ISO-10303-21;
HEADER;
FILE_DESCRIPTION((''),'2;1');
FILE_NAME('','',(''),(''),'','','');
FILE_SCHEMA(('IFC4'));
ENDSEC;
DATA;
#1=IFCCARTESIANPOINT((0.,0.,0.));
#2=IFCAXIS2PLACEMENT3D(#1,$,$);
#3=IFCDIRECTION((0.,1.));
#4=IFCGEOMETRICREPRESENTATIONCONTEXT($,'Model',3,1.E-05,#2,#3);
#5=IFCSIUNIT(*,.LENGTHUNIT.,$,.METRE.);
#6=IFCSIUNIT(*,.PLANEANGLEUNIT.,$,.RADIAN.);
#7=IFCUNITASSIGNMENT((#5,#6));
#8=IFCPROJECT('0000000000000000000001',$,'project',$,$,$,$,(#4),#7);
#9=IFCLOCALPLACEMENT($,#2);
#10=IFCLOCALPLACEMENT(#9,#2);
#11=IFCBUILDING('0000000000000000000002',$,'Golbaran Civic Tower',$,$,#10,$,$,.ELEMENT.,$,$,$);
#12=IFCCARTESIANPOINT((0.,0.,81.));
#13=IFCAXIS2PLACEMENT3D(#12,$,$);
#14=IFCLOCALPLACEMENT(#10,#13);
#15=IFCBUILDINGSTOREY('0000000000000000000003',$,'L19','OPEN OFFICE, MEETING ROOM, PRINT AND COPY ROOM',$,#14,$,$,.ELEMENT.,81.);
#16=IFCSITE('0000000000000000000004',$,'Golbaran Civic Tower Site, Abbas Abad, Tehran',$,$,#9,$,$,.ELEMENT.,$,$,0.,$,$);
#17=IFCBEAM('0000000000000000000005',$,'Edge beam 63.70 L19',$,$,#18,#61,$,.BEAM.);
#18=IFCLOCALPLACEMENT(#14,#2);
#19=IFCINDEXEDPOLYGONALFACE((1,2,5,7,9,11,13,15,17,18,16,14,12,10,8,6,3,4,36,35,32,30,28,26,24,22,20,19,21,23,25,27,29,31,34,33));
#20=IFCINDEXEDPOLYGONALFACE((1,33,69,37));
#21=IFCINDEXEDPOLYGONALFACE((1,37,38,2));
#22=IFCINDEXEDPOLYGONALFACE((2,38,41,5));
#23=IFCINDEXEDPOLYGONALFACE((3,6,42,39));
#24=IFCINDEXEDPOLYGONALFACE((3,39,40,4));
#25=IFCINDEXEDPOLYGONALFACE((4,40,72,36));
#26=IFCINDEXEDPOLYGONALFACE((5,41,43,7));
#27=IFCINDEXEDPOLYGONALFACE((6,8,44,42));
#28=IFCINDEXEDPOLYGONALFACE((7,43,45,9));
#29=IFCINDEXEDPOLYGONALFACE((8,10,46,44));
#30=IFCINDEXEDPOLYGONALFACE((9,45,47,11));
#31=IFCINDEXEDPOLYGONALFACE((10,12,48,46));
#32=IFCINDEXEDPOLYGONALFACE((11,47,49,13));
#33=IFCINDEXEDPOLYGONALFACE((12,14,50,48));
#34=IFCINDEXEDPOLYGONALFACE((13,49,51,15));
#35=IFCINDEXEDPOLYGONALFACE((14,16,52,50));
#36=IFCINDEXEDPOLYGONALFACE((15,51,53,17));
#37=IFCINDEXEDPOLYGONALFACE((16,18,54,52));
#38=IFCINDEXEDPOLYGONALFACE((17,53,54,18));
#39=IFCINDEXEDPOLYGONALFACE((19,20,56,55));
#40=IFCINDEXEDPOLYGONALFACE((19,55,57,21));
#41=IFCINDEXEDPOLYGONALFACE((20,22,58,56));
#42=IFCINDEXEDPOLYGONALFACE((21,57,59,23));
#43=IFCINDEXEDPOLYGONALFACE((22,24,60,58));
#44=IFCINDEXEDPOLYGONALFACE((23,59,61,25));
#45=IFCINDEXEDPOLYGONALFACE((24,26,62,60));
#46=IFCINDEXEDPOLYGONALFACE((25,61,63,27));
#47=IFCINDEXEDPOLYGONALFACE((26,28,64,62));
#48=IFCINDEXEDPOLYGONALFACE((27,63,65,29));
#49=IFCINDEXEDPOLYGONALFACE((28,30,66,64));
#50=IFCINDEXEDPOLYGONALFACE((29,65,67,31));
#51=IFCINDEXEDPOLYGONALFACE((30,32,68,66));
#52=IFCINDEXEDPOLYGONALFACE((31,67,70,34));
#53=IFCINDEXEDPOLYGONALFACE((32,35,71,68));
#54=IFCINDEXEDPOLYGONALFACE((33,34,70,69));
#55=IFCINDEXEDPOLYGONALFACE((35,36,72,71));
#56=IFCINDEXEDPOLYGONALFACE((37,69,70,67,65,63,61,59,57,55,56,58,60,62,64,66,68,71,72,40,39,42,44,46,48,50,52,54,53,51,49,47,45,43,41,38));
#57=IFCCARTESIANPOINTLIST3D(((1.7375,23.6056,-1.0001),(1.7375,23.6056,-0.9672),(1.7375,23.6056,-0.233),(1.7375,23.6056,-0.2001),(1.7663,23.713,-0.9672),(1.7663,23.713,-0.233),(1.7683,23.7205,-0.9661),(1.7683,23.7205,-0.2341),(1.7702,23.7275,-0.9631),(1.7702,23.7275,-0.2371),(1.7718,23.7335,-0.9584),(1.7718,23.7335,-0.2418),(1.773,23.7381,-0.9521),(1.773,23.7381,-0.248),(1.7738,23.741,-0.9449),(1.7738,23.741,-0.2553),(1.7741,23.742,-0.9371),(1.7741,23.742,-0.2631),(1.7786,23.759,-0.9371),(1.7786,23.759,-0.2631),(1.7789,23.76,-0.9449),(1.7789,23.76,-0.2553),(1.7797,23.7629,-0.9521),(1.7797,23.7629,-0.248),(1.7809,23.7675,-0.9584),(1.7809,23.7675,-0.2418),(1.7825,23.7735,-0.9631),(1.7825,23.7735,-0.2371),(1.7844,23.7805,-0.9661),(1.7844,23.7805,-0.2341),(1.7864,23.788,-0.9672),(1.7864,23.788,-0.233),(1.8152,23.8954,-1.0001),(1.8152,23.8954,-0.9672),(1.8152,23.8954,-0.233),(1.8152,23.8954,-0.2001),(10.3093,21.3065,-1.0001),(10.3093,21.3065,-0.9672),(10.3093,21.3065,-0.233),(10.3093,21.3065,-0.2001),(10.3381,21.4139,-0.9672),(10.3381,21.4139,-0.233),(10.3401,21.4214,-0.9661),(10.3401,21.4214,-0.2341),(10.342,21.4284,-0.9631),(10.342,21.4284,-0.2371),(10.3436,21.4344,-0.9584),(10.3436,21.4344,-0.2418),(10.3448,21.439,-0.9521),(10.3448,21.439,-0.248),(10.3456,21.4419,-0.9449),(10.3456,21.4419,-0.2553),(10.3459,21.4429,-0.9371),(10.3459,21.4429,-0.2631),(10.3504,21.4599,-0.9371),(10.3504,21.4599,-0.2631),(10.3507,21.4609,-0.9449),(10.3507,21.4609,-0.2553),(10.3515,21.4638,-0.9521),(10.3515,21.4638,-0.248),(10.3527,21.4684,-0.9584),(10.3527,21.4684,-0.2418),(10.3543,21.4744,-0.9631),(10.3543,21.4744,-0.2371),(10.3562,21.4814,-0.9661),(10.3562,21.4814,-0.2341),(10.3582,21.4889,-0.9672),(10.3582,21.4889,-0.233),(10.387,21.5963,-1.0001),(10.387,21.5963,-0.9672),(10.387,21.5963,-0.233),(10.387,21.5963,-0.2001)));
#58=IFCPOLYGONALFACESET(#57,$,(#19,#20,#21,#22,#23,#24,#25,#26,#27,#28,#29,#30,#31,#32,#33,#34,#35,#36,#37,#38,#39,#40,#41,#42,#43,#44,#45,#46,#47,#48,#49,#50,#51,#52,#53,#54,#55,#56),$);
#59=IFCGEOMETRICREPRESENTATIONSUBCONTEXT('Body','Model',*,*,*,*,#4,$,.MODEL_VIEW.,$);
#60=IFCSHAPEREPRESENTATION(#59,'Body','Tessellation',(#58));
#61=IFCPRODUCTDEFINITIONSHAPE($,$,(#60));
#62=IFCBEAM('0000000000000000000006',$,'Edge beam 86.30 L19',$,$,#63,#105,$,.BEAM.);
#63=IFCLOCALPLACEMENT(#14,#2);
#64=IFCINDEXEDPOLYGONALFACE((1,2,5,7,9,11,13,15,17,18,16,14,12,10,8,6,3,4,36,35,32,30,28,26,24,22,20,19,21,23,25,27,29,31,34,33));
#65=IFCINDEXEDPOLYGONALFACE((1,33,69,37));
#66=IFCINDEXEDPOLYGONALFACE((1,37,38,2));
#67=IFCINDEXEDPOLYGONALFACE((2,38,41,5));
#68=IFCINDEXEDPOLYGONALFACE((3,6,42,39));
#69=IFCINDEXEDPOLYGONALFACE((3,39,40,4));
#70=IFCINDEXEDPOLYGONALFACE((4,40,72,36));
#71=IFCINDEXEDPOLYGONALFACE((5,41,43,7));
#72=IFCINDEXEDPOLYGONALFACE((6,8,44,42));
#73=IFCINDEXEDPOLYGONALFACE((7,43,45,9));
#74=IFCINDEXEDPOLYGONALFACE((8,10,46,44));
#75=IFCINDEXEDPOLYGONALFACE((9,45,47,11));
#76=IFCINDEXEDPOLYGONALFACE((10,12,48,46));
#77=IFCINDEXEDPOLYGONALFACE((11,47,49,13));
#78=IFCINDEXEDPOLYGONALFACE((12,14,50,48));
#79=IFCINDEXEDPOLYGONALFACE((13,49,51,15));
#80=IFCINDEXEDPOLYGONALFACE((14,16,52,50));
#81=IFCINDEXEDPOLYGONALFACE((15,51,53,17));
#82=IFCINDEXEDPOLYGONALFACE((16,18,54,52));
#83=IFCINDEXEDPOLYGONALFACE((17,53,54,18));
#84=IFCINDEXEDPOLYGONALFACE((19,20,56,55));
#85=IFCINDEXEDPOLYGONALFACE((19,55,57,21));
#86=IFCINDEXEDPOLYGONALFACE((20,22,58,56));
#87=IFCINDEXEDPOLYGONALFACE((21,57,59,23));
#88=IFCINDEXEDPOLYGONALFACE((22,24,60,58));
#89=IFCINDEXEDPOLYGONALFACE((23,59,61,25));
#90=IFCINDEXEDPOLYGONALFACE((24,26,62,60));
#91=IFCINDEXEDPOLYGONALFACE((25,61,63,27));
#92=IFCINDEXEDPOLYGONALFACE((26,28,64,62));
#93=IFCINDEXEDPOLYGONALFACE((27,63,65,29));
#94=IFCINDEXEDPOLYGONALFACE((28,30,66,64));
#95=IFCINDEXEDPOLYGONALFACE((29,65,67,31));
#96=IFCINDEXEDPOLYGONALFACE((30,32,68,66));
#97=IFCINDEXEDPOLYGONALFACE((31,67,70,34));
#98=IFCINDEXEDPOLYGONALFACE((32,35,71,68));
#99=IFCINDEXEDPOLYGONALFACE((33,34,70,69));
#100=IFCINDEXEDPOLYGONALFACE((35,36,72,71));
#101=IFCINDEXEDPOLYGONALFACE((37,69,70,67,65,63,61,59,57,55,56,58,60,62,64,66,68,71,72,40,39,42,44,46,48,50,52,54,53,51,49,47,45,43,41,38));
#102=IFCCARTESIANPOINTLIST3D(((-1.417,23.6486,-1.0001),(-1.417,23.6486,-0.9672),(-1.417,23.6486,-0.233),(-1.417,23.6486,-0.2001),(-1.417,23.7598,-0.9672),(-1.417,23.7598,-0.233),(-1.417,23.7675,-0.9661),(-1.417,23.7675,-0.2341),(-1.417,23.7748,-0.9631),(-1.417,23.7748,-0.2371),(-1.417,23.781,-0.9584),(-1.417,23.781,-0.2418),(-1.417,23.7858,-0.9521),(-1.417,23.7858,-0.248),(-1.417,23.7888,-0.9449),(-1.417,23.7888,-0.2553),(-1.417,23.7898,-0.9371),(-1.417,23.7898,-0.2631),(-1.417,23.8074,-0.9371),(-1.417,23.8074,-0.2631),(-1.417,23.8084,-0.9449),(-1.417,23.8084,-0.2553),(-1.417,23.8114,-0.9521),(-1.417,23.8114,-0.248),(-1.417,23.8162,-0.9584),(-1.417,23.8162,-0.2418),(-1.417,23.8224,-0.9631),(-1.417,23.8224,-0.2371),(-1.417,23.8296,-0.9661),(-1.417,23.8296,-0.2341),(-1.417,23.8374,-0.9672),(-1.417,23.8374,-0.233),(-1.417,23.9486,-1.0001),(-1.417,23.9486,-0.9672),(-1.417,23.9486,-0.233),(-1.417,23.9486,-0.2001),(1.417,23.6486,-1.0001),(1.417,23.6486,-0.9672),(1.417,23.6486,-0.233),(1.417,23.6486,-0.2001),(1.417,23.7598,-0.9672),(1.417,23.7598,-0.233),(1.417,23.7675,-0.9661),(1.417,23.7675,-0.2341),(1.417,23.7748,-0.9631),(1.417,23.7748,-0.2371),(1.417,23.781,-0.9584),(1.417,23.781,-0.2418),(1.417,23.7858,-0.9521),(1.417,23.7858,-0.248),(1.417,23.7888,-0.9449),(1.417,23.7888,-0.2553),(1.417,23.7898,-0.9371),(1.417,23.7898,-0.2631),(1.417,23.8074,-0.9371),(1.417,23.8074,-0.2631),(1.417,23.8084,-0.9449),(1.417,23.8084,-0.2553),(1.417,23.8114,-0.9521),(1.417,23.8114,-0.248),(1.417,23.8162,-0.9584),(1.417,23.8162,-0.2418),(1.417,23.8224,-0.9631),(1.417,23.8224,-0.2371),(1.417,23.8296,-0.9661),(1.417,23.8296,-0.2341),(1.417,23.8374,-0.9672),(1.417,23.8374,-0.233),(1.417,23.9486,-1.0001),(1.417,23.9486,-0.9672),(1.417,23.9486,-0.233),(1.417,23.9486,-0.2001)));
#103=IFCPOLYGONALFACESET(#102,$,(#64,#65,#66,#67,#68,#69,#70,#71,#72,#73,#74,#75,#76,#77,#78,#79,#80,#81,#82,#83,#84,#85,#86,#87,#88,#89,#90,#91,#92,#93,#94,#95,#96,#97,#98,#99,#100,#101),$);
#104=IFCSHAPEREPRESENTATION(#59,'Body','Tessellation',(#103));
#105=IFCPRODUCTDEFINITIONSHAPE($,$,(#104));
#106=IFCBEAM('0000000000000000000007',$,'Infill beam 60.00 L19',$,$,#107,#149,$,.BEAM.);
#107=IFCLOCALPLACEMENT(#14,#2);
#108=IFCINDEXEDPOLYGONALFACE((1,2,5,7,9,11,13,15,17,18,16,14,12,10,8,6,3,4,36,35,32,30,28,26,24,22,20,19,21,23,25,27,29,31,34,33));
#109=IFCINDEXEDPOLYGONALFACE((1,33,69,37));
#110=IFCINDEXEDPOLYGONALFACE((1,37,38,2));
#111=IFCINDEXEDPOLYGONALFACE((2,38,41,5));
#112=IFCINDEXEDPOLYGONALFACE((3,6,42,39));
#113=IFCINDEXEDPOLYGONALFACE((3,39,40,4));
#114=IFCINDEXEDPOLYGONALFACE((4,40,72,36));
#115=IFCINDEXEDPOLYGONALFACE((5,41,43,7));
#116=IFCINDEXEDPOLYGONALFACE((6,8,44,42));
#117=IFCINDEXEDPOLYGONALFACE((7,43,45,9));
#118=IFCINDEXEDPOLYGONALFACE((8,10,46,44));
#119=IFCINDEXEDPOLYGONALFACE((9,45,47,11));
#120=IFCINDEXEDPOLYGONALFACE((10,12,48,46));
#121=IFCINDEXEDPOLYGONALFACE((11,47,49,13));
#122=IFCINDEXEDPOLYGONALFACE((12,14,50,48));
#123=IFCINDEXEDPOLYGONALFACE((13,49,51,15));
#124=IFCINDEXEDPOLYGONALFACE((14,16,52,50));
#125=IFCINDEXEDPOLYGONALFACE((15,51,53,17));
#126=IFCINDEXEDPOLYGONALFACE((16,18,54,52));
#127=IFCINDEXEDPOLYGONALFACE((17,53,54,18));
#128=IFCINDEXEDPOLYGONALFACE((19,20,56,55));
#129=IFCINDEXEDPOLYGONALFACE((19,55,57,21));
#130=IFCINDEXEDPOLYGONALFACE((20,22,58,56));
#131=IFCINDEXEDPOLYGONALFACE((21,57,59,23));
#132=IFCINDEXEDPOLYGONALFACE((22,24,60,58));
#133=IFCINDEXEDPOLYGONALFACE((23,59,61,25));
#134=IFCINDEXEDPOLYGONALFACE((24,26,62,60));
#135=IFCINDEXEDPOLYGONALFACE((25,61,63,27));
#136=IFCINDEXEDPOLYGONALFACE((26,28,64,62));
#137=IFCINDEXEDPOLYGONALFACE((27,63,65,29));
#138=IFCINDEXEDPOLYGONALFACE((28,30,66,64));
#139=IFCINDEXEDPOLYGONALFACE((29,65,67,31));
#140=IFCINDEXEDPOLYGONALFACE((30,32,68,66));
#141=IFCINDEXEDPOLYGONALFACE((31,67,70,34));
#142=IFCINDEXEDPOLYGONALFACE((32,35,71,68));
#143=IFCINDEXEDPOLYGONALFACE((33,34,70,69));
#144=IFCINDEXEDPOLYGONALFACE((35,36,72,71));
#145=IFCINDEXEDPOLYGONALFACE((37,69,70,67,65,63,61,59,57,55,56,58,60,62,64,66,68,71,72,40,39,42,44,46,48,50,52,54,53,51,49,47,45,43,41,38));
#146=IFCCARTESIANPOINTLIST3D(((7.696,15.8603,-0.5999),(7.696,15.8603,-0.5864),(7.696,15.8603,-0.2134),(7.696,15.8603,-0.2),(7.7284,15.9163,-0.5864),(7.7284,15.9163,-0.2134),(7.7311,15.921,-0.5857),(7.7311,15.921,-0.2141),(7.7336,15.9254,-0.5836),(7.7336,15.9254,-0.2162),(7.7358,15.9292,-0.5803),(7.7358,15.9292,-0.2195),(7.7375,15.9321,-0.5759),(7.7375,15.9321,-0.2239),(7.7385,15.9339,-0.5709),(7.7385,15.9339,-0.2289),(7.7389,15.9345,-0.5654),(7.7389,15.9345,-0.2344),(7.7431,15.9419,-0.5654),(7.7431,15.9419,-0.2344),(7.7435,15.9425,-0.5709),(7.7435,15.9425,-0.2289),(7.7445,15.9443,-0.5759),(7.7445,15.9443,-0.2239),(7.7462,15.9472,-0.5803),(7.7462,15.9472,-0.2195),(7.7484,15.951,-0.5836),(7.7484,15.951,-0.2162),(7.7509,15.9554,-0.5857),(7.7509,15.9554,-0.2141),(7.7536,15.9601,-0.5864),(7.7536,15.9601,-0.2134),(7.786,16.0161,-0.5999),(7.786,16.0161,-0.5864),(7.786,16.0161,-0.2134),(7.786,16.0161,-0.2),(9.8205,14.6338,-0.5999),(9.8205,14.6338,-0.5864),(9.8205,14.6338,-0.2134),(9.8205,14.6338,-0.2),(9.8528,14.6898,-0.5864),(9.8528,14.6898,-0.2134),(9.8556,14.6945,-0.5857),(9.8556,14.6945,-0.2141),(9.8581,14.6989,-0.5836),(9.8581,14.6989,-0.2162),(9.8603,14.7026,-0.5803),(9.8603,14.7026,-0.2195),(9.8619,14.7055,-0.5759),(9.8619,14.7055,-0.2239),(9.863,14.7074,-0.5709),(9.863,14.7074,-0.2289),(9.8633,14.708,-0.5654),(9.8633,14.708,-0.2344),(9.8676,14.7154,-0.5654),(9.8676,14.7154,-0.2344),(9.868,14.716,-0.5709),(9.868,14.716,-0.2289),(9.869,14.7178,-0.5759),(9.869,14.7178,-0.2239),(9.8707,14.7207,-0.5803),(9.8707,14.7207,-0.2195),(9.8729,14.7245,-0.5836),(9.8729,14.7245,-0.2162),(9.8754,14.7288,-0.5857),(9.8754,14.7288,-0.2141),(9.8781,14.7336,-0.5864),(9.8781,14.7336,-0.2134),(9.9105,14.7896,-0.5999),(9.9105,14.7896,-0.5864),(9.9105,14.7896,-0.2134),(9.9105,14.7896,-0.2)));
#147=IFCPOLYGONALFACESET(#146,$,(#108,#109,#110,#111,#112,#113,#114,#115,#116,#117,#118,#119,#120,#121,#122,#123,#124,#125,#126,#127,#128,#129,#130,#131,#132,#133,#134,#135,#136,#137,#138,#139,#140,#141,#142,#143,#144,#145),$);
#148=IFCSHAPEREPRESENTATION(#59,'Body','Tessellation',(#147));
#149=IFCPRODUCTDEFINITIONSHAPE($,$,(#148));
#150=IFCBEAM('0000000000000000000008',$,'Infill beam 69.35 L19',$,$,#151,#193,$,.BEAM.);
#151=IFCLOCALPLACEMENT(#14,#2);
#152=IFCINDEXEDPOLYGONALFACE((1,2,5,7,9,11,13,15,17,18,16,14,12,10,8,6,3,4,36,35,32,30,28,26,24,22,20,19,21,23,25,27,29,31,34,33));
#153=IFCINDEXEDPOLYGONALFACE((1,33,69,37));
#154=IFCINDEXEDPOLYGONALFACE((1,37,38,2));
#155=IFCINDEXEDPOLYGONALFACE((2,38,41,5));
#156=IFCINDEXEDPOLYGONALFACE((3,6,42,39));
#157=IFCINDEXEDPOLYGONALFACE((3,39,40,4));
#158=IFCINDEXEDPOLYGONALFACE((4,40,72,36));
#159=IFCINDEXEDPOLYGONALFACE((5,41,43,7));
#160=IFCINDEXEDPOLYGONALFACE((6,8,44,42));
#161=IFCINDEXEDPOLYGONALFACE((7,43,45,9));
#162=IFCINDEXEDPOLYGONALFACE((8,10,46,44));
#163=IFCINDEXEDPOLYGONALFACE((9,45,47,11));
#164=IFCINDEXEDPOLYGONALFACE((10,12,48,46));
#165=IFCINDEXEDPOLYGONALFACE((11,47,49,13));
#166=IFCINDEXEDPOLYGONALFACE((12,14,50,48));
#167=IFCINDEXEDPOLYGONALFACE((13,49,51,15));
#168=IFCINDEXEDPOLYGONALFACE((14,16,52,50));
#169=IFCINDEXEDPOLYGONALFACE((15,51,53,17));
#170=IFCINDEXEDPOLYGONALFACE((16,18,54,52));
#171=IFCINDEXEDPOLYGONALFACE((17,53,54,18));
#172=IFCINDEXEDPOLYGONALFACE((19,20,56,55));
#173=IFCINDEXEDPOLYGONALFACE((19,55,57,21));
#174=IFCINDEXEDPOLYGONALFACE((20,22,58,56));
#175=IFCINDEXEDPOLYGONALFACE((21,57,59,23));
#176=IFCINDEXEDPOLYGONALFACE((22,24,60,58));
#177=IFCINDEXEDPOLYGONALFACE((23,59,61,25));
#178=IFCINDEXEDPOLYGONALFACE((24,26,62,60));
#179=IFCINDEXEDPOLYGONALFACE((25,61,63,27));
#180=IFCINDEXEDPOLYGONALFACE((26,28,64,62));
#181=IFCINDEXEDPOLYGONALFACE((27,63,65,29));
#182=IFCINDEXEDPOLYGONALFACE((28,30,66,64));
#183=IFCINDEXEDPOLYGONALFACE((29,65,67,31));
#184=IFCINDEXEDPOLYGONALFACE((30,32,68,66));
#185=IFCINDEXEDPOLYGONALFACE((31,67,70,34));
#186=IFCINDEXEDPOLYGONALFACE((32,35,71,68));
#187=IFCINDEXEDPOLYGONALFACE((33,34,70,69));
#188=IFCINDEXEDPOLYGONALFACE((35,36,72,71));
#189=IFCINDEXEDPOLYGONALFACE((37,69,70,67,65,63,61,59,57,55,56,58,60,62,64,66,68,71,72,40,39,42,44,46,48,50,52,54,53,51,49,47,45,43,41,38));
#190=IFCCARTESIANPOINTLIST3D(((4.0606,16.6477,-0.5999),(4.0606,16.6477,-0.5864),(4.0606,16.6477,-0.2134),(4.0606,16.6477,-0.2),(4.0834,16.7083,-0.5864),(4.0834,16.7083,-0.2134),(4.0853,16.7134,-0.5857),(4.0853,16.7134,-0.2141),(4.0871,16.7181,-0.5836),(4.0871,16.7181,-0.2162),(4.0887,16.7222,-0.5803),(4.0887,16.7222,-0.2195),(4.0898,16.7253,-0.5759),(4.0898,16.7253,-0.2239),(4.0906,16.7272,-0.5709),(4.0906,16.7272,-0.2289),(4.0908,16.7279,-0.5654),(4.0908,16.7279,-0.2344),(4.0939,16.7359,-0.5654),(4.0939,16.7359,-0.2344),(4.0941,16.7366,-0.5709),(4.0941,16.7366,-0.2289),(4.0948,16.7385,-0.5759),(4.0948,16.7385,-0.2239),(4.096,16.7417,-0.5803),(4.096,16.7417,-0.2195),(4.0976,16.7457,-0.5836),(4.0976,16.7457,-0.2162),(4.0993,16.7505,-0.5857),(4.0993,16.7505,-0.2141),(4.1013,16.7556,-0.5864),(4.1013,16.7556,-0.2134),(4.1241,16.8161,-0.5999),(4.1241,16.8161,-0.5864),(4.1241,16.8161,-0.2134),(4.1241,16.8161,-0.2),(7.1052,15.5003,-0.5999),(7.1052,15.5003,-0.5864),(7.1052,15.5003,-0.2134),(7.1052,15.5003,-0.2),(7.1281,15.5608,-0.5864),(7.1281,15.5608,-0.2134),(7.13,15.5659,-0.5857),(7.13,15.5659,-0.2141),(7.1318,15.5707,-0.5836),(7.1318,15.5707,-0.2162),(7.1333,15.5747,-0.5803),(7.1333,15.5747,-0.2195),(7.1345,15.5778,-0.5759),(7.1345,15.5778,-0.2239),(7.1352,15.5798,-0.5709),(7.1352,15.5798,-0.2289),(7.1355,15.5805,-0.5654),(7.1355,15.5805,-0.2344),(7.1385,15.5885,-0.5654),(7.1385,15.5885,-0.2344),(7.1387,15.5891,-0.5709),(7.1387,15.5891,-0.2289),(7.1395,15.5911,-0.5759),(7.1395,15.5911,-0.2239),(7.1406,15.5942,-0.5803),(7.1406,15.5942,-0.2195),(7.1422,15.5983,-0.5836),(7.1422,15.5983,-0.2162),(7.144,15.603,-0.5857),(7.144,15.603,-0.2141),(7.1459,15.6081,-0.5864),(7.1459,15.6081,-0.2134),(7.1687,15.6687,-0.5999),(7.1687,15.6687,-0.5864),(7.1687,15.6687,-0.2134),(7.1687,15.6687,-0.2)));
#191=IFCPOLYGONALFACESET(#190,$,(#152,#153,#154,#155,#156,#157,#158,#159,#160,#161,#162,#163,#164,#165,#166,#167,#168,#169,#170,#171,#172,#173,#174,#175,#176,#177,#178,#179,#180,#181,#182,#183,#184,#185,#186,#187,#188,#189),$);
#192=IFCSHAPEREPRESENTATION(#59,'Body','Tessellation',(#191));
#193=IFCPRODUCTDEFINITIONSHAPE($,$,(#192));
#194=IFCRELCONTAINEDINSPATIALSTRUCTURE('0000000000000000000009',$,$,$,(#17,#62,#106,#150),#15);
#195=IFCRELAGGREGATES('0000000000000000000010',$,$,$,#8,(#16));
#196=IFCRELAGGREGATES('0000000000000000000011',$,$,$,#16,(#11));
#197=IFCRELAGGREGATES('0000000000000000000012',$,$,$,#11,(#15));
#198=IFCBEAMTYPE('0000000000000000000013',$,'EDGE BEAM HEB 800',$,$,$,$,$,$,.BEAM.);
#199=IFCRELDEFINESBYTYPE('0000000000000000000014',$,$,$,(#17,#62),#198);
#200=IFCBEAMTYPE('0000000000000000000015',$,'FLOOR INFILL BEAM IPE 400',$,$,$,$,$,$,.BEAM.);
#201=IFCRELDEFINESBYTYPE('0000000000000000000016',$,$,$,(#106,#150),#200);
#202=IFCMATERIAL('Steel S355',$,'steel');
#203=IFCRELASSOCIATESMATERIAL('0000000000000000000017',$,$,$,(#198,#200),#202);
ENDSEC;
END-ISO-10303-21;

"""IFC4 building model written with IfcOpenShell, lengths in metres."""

from ifc_helpers import new_model, si_unit, direction, frame, origin, origin_2d, place, context, subcontext, project, spatial, i_section, extrude, material, material_profile, profile_set, type_object, element, save


model = new_model("IFC4")

# Units and contexts
model_context = context("Model", 3, precision=1e-05, world=origin(), true_north=direction((0.0, 1.0)))
body_context = subcontext(model_context, "Body", "Model", "MODEL_VIEW")
ifc_project = project(units=[si_unit("LENGTHUNIT", "METRE"), si_unit("PLANEANGLEUNIT", "RADIAN")], contexts=[model_context])

# Site, building, storey
site_placement = place(None, origin())
site = spatial("IfcSite", under=ifc_project, at=site_placement, Name="Golbaran Civic Tower Site, Abbas Abad, Tehran", CompositionType="ELEMENT", RefElevation=0.0)
building_placement = place(site_placement, origin())
building = spatial("IfcBuilding", under=site, at=building_placement, Name="Golbaran Civic Tower", CompositionType="ELEMENT")
storey_placement = place(building_placement, frame((0.0, 0.0, 81.0)))
storey = spatial("IfcBuildingStorey", under=building, at=storey_placement, Name="L19", Description="OPEN OFFICE, MEETING ROOM, PRINT AND COPY ROOM", CompositionType="ELEMENT", Elevation=81.0)

# Beams
ifc_material_1 = material(Name="Steel S355", Category="steel")
ifc_material_profile_1 = material_profile(ifc_material_1, i_section(OverallWidth=0.3, OverallDepth=0.8, WebThickness=0.0176, FlangeThickness=0.033, FilletRadius=0.03, at=origin_2d()), Name="HEB 800")
ifc_profile_set_1 = profile_set([ifc_material_profile_1], Name="Steel S355")
beam_type_1 = type_object("IfcBeamType", Name="EDGE BEAM HEB 800", PredefinedType="BEAM", material=ifc_profile_set_1)
beam_1_placement = place(storey_placement, frame((10.3481, 21.4514, -0.6001), z_axis=(-0.965862, 0.259058, 0.0), x_axis=(-0.259058, -0.965862, 0.0)))
element("IfcBeam", 1, at=beam_1_placement, inside=storey, type_object=beam_type_1, Name="Edge beam 63.70 L19", PredefinedType="BEAM", context=body_context, shape_type="SweptSolid", body=[
    extrude(i_section(OverallWidth=0.3, OverallDepth=0.8, WebThickness=0.0176, FlangeThickness=0.033, FilletRadius=0.03, at=origin_2d()), origin(), (0.0, 0.0, 1.0), 8.8748),
])
beam_2_placement = place(storey_placement, frame((1.417, 23.7986, -0.6001), z_axis=(-1.0, 0.0, 0.0), x_axis=(0.0, -1.0, 0.0)))
element("IfcBeam", 2, at=beam_2_placement, inside=storey, type_object=beam_type_1, Name="Edge beam 86.30 L19", PredefinedType="BEAM", context=body_context, shape_type="SweptSolid", body=[
    extrude(i_section(OverallWidth=0.3, OverallDepth=0.8, WebThickness=0.0176, FlangeThickness=0.033, FilletRadius=0.03, at=origin_2d()), origin(), (0.0, 0.0, 1.0), 2.834),
])
ifc_material_profile_2 = material_profile(ifc_material_1, i_section(OverallWidth=0.1799, OverallDepth=0.3999, WebThickness=0.0085, FlangeThickness=0.0134, FilletRadius=0.021, at=origin_2d()), Name="IPE 400")
ifc_profile_set_2 = profile_set([ifc_material_profile_2], Name="Steel S355")
beam_type_2 = type_object("IfcBeamType", Name="FLOOR INFILL BEAM IPE 400", PredefinedType="BEAM", material=ifc_profile_set_2)
beam_3_placement = place(storey_placement, frame((9.8655, 14.7117, -0.3999), z_axis=(-0.86603, 0.499992, 0.0), x_axis=(-0.499992, -0.86603, 0.0)))
element("IfcBeam", 3, at=beam_3_placement, inside=storey, type_object=beam_type_2, Name="Infill beam 60.00 L19", PredefinedType="BEAM", context=body_context, shape_type="SweptSolid", body=[
    extrude(i_section(OverallWidth=0.1799, OverallDepth=0.3999, WebThickness=0.0085, FlangeThickness=0.0134, FilletRadius=0.021, at=origin_2d()), origin(), (0.0, 0.0, 1.0), 2.4531),
])
beam_4_placement = place(storey_placement, frame((7.137, 15.5845, -0.3999), z_axis=(-0.935751, 0.352661, 0.0), x_axis=(-0.352661, -0.935751, 0.0)))
element("IfcBeam", 4, at=beam_4_placement, inside=storey, type_object=beam_type_2, Name="Infill beam 69.35 L19", PredefinedType="BEAM", context=body_context, shape_type="SweptSolid", body=[
    extrude(i_section(OverallWidth=0.1799, OverallDepth=0.3999, WebThickness=0.0085, FlangeThickness=0.0134, FilletRadius=0.021, at=origin_2d()), origin(), (0.0, 0.0, 1.0), 3.2537),
])

save(model, "model.ifc")
